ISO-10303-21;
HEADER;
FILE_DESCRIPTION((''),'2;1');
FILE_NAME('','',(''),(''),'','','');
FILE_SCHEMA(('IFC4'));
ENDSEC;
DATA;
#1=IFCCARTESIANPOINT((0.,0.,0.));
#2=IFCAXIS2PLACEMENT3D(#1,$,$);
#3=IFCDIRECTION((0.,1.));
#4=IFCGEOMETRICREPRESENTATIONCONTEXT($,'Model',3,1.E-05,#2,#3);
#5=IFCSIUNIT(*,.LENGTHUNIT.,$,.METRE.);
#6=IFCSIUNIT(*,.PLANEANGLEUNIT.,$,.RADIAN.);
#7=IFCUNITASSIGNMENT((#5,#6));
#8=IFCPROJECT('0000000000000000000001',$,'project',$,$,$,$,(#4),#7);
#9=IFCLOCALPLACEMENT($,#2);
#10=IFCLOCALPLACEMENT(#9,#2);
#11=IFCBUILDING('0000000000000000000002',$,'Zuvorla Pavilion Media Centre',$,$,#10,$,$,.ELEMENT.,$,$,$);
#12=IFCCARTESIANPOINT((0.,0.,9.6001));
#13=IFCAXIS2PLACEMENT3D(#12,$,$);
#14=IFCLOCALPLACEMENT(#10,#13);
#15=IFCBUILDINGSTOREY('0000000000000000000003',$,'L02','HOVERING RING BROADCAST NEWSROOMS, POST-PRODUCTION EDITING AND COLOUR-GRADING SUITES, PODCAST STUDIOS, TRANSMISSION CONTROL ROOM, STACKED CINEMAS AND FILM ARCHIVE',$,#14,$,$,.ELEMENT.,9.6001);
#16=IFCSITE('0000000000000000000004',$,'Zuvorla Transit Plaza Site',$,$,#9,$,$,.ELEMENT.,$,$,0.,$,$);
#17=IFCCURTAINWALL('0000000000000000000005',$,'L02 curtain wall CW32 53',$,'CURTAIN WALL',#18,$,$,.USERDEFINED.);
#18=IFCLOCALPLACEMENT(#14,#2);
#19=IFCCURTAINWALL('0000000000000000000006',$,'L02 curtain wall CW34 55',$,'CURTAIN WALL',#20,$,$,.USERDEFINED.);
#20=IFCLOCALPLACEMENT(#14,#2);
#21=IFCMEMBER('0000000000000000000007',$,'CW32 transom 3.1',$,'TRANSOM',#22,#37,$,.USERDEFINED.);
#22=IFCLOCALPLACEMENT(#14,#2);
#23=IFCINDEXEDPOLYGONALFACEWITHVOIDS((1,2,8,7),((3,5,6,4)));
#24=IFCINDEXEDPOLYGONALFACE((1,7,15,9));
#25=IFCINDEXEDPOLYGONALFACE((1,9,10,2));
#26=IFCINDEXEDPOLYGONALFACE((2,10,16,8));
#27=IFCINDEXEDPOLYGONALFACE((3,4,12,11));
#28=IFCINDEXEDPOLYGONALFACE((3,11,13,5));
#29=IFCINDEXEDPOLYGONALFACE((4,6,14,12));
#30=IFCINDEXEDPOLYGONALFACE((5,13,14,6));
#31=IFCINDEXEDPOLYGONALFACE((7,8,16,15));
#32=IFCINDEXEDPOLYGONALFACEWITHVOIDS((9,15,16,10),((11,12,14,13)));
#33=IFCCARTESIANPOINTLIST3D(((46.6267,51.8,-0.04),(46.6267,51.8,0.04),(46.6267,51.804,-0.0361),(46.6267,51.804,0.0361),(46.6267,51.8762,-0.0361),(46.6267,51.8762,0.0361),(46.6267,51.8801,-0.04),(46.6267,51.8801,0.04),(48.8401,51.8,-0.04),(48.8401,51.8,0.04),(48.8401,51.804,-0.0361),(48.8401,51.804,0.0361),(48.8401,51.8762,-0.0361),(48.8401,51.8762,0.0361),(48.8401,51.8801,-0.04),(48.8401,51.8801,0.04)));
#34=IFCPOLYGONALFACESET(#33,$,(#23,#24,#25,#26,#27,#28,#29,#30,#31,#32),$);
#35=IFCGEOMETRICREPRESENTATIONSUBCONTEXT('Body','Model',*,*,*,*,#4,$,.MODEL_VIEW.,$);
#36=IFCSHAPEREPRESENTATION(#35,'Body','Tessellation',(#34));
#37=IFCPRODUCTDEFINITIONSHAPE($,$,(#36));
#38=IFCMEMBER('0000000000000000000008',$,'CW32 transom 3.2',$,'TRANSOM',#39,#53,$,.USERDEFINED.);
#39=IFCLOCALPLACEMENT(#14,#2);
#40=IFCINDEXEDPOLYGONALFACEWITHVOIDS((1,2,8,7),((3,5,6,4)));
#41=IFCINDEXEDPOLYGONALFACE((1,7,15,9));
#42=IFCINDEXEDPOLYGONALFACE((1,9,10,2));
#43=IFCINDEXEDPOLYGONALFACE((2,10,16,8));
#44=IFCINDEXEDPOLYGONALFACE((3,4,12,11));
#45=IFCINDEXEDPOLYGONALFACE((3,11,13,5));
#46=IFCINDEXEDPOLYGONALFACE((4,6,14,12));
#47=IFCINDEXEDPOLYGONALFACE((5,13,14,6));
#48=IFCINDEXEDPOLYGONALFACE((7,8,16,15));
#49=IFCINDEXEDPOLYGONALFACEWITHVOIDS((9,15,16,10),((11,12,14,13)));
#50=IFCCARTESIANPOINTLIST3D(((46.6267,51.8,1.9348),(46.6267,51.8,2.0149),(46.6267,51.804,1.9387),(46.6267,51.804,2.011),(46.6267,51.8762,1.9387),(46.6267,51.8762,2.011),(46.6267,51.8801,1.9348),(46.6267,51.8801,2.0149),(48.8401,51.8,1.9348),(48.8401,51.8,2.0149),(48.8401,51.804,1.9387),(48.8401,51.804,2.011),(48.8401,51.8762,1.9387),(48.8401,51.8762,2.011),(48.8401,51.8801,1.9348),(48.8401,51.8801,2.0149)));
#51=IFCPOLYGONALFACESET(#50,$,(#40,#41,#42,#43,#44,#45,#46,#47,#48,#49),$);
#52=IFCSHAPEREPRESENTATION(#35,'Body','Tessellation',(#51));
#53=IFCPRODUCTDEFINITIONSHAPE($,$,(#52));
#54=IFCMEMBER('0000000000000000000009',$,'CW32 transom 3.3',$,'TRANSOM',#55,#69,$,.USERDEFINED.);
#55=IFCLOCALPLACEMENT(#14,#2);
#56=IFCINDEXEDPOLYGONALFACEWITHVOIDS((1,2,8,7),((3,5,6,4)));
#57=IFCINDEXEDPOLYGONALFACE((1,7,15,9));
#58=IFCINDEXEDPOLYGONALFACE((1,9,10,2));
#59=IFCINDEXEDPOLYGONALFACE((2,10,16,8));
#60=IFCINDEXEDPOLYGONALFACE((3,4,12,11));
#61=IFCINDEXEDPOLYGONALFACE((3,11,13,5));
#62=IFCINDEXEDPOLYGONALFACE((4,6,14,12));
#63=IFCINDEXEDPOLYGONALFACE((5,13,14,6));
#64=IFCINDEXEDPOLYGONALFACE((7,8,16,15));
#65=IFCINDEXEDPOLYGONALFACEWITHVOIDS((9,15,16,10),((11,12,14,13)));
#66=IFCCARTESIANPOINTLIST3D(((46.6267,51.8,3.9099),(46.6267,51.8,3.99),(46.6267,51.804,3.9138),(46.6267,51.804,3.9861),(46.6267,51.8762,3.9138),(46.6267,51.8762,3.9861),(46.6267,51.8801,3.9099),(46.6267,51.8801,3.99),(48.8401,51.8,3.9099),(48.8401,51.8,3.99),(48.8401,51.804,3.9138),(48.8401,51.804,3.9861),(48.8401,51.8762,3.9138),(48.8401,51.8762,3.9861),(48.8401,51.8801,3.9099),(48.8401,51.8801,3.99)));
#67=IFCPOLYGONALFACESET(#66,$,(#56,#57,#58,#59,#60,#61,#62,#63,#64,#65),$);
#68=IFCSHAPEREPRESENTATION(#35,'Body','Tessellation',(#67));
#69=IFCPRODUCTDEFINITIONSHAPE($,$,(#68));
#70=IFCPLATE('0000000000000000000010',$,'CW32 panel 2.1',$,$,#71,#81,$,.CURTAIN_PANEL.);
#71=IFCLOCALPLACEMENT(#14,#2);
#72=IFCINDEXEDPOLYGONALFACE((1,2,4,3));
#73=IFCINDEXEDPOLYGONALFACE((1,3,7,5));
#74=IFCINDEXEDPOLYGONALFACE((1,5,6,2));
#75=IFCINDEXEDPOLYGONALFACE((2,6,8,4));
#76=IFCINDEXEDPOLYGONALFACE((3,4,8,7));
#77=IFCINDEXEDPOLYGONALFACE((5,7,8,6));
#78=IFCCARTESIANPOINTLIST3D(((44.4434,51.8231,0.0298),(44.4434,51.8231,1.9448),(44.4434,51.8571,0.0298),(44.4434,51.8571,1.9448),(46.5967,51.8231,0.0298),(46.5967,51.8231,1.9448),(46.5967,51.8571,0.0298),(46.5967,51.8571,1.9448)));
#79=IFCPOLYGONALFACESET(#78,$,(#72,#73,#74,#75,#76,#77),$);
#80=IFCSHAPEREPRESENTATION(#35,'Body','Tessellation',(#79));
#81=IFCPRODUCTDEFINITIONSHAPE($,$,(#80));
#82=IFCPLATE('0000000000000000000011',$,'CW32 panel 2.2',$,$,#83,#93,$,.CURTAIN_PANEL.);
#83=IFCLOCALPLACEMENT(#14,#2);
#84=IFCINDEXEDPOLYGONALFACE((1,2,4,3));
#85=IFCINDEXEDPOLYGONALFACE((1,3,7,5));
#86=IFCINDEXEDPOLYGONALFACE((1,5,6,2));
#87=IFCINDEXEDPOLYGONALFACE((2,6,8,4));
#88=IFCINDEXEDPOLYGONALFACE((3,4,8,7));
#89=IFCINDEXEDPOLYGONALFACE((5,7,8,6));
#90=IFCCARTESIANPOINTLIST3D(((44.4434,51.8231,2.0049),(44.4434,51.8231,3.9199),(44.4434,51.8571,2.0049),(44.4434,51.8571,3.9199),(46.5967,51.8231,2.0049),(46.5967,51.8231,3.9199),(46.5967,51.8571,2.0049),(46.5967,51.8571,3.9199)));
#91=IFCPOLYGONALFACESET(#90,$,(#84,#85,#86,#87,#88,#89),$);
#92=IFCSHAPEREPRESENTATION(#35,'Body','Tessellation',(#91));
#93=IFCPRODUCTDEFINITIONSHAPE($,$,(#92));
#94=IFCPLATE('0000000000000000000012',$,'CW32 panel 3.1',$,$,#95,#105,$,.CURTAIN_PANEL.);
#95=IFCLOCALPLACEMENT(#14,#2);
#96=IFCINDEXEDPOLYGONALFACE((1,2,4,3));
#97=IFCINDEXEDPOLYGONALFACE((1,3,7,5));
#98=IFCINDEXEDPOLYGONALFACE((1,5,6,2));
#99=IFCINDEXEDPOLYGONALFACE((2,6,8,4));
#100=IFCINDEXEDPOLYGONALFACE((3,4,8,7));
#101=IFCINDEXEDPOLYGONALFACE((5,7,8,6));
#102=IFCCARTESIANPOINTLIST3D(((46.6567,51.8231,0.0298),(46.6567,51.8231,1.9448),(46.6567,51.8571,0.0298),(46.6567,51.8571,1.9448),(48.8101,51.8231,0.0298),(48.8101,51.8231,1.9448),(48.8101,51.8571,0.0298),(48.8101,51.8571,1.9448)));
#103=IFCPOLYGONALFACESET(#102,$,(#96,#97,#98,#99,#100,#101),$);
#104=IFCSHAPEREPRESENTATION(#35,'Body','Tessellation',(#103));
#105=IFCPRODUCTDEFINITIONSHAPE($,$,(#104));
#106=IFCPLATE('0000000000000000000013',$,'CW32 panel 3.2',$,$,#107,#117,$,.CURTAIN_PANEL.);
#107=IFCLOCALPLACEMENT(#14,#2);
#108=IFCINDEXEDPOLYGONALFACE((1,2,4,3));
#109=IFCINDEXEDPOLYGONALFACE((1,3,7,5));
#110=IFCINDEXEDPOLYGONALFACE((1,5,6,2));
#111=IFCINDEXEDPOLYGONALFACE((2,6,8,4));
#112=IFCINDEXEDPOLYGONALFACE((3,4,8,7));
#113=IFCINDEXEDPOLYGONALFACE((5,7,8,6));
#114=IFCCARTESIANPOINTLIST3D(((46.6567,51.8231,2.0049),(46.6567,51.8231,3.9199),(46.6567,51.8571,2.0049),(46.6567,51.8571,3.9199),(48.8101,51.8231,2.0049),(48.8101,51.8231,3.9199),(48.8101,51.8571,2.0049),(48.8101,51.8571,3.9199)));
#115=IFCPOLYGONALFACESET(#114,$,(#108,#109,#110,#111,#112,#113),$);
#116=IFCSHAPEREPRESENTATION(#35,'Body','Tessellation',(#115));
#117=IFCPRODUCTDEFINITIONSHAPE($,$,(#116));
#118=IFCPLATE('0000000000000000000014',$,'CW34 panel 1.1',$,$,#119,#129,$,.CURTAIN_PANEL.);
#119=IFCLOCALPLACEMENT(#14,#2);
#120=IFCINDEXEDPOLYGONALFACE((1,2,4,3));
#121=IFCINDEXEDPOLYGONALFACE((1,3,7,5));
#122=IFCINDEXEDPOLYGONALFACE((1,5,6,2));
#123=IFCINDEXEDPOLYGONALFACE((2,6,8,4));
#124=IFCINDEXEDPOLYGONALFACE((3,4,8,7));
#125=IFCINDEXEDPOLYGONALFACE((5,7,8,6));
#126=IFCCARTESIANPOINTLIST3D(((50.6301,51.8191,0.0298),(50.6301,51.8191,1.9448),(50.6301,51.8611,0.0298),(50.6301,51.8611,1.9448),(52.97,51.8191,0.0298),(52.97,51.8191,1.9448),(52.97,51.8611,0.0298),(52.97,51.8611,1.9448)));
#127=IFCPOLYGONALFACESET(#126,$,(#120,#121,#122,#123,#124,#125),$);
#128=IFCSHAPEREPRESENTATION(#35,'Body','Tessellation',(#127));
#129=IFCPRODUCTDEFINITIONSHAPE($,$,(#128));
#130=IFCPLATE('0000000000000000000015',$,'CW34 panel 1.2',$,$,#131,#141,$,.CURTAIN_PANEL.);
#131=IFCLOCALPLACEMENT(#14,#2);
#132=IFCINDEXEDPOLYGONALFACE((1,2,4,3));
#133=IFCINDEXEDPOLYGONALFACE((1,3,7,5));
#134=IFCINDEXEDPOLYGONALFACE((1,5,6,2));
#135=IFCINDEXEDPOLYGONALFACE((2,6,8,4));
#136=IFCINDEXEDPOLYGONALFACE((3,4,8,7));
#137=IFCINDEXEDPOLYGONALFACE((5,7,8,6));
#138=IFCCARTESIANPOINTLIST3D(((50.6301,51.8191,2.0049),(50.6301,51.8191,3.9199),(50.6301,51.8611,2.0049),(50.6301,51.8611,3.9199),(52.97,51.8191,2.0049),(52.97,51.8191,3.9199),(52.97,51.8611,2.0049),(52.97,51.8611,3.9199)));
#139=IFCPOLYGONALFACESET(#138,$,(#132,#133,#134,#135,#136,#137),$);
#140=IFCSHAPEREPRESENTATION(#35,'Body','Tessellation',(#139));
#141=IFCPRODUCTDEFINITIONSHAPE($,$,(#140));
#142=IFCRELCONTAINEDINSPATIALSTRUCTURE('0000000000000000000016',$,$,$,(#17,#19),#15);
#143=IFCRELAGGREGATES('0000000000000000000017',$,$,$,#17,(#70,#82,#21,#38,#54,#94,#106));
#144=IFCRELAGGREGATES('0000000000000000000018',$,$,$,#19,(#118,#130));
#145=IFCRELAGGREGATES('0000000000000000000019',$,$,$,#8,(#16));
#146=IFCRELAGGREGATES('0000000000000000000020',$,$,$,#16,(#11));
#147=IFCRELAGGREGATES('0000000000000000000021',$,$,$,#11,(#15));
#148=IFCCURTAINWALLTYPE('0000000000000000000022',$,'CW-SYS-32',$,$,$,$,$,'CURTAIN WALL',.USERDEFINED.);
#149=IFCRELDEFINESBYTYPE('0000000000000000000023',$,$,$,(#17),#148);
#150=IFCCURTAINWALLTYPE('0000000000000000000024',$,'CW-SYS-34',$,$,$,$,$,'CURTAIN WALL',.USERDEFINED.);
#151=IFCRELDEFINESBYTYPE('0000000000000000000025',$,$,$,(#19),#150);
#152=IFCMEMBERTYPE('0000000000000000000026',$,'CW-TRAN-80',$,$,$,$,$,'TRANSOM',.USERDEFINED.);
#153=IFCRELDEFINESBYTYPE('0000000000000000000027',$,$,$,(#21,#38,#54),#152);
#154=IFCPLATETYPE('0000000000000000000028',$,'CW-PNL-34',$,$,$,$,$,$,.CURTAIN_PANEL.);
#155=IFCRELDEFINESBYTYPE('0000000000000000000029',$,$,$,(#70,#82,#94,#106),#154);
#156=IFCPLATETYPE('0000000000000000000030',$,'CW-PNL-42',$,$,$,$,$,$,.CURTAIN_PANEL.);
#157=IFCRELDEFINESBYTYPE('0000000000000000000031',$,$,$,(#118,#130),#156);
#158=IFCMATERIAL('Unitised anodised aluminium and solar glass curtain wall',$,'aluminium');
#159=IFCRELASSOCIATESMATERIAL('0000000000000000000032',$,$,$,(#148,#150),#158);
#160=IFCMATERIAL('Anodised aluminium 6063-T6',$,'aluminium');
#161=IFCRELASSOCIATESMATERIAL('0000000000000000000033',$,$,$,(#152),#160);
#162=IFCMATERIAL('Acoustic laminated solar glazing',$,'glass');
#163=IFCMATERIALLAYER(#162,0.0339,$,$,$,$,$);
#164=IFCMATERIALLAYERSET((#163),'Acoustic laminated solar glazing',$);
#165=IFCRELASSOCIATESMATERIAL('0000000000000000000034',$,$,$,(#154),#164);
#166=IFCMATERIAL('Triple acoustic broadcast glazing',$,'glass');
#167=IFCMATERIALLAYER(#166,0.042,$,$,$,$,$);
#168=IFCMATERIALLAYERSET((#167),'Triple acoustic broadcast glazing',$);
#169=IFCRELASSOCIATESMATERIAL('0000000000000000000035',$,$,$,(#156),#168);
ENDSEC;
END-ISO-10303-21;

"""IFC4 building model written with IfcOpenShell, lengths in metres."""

from ifc_helpers import new_model, si_unit, direction, frame, origin, origin_2d, place, context, subcontext, project, spatial, rectangle, hollow_rectangle, extrude, material, layer, layer_set, material_profile, profile_set, type_object, element, aggregate, save


model = new_model("IFC4")

# Units and contexts
model_context = context("Model", 3, precision=1e-05, world=origin(), true_north=direction((0.0, 1.0)))
body_context = subcontext(model_context, "Body", "Model", "MODEL_VIEW")
ifc_project = project(units=[si_unit("LENGTHUNIT", "METRE"), si_unit("PLANEANGLEUNIT", "RADIAN")], contexts=[model_context])

# Site, building, storey
site_placement = place(None, origin())
site = spatial("IfcSite", under=ifc_project, at=site_placement, Name="Zuvorla Transit Plaza Site", CompositionType="ELEMENT", RefElevation=0.0)
building_placement = place(site_placement, origin())
building = spatial("IfcBuilding", under=site, at=building_placement, Name="Zuvorla Pavilion Media Centre", CompositionType="ELEMENT")
storey_placement = place(building_placement, frame((0.0, 0.0, 9.6001)))
storey = spatial("IfcBuildingStorey", under=building, at=storey_placement, Name="L02", Description="HOVERING RING BROADCAST NEWSROOMS, POST-PRODUCTION EDITING AND COLOUR-GRADING SUITES, PODCAST STUDIOS, TRANSMISSION CONTROL ROOM, STACKED CINEMAS AND FILM ARCHIVE", CompositionType="ELEMENT", Elevation=9.6001)

# Curtain walls
ifc_material_1 = material(Name="Unitised anodised aluminium and solar glass curtain wall", Category="aluminium")
curtain_wall_type_1 = type_object("IfcCurtainWallType", Name="CW-SYS-32", ElementType="CURTAIN WALL", PredefinedType="USERDEFINED", material=ifc_material_1)
curtain_wall_1_placement = place(storey_placement, origin())
curtain_wall_1 = element("IfcCurtainWall", 1, at=curtain_wall_1_placement, inside=storey, type_object=curtain_wall_type_1, Name="L02 curtain wall CW32 53", ObjectType="CURTAIN WALL", PredefinedType="USERDEFINED")
ifc_material_2 = material(Name="Anodised aluminium 6063-T6", Category="aluminium")
curtain_wall_type_2 = type_object("IfcCurtainWallType", Name="CW-SYS-34", ElementType="CURTAIN WALL", PredefinedType="USERDEFINED", material=ifc_material_1)
curtain_wall_2_placement = place(storey_placement, origin())
curtain_wall_2 = element("IfcCurtainWall", 2, at=curtain_wall_2_placement, inside=storey, type_object=curtain_wall_type_2, Name="L02 curtain wall CW34 55", ObjectType="CURTAIN WALL", PredefinedType="USERDEFINED")

# Members
ifc_material_profile_1 = material_profile(ifc_material_2, hollow_rectangle(XDim=0.0801, YDim=0.0801, WallThickness=0.0039, at=origin_2d()), Name="ALU TRAN 80x80")
ifc_profile_set_1 = profile_set([ifc_material_profile_1], Name="Anodised aluminium 6063-T6")
member_type_1 = type_object("IfcMemberType", Name="CW-TRAN-80", ElementType="TRANSOM", PredefinedType="USERDEFINED", material=ifc_profile_set_1)
member_1_placement = place(storey_placement, frame((46.6267, 51.8401, 0.0), z_axis=(1.0, 0.0, 0.0), x_axis=(0.0, 1.0, 0.0)))
member_1 = element("IfcMember", 3, at=member_1_placement, type_object=member_type_1, Name="CW32 transom 3.1", ObjectType="TRANSOM", PredefinedType="USERDEFINED", context=body_context, shape_type="SweptSolid", body=[
    extrude(hollow_rectangle(XDim=0.0801, YDim=0.0801, WallThickness=0.0039, at=origin_2d()), origin(), (0.0, 0.0, 1.0), 2.2134),
])
member_2_placement = place(storey_placement, frame((46.6267, 51.8401, 1.9749), z_axis=(1.0, 0.0, 0.0), x_axis=(0.0, 1.0, 0.0)))
member_2 = element("IfcMember", 4, at=member_2_placement, type_object=member_type_1, Name="CW32 transom 3.2", ObjectType="TRANSOM", PredefinedType="USERDEFINED", context=body_context, shape_type="SweptSolid", body=[
    extrude(hollow_rectangle(XDim=0.0801, YDim=0.0801, WallThickness=0.0039, at=origin_2d()), origin(), (0.0, 0.0, 1.0), 2.2134),
])
member_3_placement = place(storey_placement, frame((46.6267, 51.8401, 3.95), z_axis=(1.0, 0.0, 0.0), x_axis=(0.0, 1.0, 0.0)))
member_3 = element("IfcMember", 5, at=member_3_placement, type_object=member_type_1, Name="CW32 transom 3.3", ObjectType="TRANSOM", PredefinedType="USERDEFINED", context=body_context, shape_type="SweptSolid", body=[
    extrude(hollow_rectangle(XDim=0.0801, YDim=0.0801, WallThickness=0.0039, at=origin_2d()), origin(), (0.0, 0.0, 1.0), 2.2134),
])

# Plates
ifc_material_3 = material(Name="Acoustic laminated solar glazing", Category="glass")
ifc_layer_1 = layer(ifc_material_3, 0.0339)
ifc_layer_set_1 = layer_set([ifc_layer_1], Name="Acoustic laminated solar glazing")
plate_type_1 = type_object("IfcPlateType", Name="CW-PNL-34", PredefinedType="CURTAIN_PANEL", material=ifc_layer_set_1)
plate_1_placement = place(storey_placement, frame((45.52, 51.8401, 0.0298), z_axis=(0.0, 0.0, 1.0), x_axis=(1.0, 0.0, 0.0)))
plate_1 = element("IfcPlate", 6, at=plate_1_placement, type_object=plate_type_1, Name="CW32 panel 2.1", PredefinedType="CURTAIN_PANEL", context=body_context, shape_type="SweptSolid", body=[
    extrude(rectangle(XDim=2.1533, YDim=0.0339, at=origin_2d()), origin(), (0.0, 0.0, 1.0), 1.915),
])
plate_2_placement = place(storey_placement, frame((45.52, 51.8401, 2.0049), z_axis=(0.0, 0.0, 1.0), x_axis=(1.0, 0.0, 0.0)))
plate_2 = element("IfcPlate", 7, at=plate_2_placement, type_object=plate_type_1, Name="CW32 panel 2.2", PredefinedType="CURTAIN_PANEL", context=body_context, shape_type="SweptSolid", body=[
    extrude(rectangle(XDim=2.1533, YDim=0.0339, at=origin_2d()), origin(), (0.0, 0.0, 1.0), 1.915),
])
plate_3_placement = place(storey_placement, frame((47.7334, 51.8401, 0.0298), z_axis=(0.0, 0.0, 1.0), x_axis=(1.0, 0.0, 0.0)))
plate_3 = element("IfcPlate", 8, at=plate_3_placement, type_object=plate_type_1, Name="CW32 panel 3.1", PredefinedType="CURTAIN_PANEL", context=body_context, shape_type="SweptSolid", body=[
    extrude(rectangle(XDim=2.1533, YDim=0.0339, at=origin_2d()), origin(), (0.0, 0.0, 1.0), 1.915),
])
plate_4_placement = place(storey_placement, frame((47.7334, 51.8401, 2.0049), z_axis=(0.0, 0.0, 1.0), x_axis=(1.0, 0.0, 0.0)))
plate_4 = element("IfcPlate", 9, at=plate_4_placement, type_object=plate_type_1, Name="CW32 panel 3.2", PredefinedType="CURTAIN_PANEL", context=body_context, shape_type="SweptSolid", body=[
    extrude(rectangle(XDim=2.1533, YDim=0.0339, at=origin_2d()), origin(), (0.0, 0.0, 1.0), 1.915),
])
aggregate(curtain_wall_1, [plate_1, plate_2, member_1, member_2, member_3, plate_3, plate_4])
ifc_material_4 = material(Name="Triple acoustic broadcast glazing", Category="glass")
ifc_layer_2 = layer(ifc_material_4, 0.042)
ifc_layer_set_2 = layer_set([ifc_layer_2], Name="Triple acoustic broadcast glazing")
plate_type_2 = type_object("IfcPlateType", Name="CW-PNL-42", PredefinedType="CURTAIN_PANEL", material=ifc_layer_set_2)
plate_5_placement = place(storey_placement, frame((51.8, 51.8401, 0.0298), z_axis=(0.0, 0.0, 1.0), x_axis=(1.0, 0.0, 0.0)))
plate_5 = element("IfcPlate", 10, at=plate_5_placement, type_object=plate_type_2, Name="CW34 panel 1.1", PredefinedType="CURTAIN_PANEL", context=body_context, shape_type="SweptSolid", body=[
    extrude(rectangle(XDim=2.3398, YDim=0.042, at=origin_2d()), origin(), (0.0, 0.0, 1.0), 1.915),
])
plate_6_placement = place(storey_placement, frame((51.8, 51.8401, 2.0049), z_axis=(0.0, 0.0, 1.0), x_axis=(1.0, 0.0, 0.0)))
plate_6 = element("IfcPlate", 11, at=plate_6_placement, type_object=plate_type_2, Name="CW34 panel 1.2", PredefinedType="CURTAIN_PANEL", context=body_context, shape_type="SweptSolid", body=[
    extrude(rectangle(XDim=2.3398, YDim=0.042, at=origin_2d()), origin(), (0.0, 0.0, 1.0), 1.915),
])
aggregate(curtain_wall_2, [plate_5, plate_6])

save(model, "model.ifc")
